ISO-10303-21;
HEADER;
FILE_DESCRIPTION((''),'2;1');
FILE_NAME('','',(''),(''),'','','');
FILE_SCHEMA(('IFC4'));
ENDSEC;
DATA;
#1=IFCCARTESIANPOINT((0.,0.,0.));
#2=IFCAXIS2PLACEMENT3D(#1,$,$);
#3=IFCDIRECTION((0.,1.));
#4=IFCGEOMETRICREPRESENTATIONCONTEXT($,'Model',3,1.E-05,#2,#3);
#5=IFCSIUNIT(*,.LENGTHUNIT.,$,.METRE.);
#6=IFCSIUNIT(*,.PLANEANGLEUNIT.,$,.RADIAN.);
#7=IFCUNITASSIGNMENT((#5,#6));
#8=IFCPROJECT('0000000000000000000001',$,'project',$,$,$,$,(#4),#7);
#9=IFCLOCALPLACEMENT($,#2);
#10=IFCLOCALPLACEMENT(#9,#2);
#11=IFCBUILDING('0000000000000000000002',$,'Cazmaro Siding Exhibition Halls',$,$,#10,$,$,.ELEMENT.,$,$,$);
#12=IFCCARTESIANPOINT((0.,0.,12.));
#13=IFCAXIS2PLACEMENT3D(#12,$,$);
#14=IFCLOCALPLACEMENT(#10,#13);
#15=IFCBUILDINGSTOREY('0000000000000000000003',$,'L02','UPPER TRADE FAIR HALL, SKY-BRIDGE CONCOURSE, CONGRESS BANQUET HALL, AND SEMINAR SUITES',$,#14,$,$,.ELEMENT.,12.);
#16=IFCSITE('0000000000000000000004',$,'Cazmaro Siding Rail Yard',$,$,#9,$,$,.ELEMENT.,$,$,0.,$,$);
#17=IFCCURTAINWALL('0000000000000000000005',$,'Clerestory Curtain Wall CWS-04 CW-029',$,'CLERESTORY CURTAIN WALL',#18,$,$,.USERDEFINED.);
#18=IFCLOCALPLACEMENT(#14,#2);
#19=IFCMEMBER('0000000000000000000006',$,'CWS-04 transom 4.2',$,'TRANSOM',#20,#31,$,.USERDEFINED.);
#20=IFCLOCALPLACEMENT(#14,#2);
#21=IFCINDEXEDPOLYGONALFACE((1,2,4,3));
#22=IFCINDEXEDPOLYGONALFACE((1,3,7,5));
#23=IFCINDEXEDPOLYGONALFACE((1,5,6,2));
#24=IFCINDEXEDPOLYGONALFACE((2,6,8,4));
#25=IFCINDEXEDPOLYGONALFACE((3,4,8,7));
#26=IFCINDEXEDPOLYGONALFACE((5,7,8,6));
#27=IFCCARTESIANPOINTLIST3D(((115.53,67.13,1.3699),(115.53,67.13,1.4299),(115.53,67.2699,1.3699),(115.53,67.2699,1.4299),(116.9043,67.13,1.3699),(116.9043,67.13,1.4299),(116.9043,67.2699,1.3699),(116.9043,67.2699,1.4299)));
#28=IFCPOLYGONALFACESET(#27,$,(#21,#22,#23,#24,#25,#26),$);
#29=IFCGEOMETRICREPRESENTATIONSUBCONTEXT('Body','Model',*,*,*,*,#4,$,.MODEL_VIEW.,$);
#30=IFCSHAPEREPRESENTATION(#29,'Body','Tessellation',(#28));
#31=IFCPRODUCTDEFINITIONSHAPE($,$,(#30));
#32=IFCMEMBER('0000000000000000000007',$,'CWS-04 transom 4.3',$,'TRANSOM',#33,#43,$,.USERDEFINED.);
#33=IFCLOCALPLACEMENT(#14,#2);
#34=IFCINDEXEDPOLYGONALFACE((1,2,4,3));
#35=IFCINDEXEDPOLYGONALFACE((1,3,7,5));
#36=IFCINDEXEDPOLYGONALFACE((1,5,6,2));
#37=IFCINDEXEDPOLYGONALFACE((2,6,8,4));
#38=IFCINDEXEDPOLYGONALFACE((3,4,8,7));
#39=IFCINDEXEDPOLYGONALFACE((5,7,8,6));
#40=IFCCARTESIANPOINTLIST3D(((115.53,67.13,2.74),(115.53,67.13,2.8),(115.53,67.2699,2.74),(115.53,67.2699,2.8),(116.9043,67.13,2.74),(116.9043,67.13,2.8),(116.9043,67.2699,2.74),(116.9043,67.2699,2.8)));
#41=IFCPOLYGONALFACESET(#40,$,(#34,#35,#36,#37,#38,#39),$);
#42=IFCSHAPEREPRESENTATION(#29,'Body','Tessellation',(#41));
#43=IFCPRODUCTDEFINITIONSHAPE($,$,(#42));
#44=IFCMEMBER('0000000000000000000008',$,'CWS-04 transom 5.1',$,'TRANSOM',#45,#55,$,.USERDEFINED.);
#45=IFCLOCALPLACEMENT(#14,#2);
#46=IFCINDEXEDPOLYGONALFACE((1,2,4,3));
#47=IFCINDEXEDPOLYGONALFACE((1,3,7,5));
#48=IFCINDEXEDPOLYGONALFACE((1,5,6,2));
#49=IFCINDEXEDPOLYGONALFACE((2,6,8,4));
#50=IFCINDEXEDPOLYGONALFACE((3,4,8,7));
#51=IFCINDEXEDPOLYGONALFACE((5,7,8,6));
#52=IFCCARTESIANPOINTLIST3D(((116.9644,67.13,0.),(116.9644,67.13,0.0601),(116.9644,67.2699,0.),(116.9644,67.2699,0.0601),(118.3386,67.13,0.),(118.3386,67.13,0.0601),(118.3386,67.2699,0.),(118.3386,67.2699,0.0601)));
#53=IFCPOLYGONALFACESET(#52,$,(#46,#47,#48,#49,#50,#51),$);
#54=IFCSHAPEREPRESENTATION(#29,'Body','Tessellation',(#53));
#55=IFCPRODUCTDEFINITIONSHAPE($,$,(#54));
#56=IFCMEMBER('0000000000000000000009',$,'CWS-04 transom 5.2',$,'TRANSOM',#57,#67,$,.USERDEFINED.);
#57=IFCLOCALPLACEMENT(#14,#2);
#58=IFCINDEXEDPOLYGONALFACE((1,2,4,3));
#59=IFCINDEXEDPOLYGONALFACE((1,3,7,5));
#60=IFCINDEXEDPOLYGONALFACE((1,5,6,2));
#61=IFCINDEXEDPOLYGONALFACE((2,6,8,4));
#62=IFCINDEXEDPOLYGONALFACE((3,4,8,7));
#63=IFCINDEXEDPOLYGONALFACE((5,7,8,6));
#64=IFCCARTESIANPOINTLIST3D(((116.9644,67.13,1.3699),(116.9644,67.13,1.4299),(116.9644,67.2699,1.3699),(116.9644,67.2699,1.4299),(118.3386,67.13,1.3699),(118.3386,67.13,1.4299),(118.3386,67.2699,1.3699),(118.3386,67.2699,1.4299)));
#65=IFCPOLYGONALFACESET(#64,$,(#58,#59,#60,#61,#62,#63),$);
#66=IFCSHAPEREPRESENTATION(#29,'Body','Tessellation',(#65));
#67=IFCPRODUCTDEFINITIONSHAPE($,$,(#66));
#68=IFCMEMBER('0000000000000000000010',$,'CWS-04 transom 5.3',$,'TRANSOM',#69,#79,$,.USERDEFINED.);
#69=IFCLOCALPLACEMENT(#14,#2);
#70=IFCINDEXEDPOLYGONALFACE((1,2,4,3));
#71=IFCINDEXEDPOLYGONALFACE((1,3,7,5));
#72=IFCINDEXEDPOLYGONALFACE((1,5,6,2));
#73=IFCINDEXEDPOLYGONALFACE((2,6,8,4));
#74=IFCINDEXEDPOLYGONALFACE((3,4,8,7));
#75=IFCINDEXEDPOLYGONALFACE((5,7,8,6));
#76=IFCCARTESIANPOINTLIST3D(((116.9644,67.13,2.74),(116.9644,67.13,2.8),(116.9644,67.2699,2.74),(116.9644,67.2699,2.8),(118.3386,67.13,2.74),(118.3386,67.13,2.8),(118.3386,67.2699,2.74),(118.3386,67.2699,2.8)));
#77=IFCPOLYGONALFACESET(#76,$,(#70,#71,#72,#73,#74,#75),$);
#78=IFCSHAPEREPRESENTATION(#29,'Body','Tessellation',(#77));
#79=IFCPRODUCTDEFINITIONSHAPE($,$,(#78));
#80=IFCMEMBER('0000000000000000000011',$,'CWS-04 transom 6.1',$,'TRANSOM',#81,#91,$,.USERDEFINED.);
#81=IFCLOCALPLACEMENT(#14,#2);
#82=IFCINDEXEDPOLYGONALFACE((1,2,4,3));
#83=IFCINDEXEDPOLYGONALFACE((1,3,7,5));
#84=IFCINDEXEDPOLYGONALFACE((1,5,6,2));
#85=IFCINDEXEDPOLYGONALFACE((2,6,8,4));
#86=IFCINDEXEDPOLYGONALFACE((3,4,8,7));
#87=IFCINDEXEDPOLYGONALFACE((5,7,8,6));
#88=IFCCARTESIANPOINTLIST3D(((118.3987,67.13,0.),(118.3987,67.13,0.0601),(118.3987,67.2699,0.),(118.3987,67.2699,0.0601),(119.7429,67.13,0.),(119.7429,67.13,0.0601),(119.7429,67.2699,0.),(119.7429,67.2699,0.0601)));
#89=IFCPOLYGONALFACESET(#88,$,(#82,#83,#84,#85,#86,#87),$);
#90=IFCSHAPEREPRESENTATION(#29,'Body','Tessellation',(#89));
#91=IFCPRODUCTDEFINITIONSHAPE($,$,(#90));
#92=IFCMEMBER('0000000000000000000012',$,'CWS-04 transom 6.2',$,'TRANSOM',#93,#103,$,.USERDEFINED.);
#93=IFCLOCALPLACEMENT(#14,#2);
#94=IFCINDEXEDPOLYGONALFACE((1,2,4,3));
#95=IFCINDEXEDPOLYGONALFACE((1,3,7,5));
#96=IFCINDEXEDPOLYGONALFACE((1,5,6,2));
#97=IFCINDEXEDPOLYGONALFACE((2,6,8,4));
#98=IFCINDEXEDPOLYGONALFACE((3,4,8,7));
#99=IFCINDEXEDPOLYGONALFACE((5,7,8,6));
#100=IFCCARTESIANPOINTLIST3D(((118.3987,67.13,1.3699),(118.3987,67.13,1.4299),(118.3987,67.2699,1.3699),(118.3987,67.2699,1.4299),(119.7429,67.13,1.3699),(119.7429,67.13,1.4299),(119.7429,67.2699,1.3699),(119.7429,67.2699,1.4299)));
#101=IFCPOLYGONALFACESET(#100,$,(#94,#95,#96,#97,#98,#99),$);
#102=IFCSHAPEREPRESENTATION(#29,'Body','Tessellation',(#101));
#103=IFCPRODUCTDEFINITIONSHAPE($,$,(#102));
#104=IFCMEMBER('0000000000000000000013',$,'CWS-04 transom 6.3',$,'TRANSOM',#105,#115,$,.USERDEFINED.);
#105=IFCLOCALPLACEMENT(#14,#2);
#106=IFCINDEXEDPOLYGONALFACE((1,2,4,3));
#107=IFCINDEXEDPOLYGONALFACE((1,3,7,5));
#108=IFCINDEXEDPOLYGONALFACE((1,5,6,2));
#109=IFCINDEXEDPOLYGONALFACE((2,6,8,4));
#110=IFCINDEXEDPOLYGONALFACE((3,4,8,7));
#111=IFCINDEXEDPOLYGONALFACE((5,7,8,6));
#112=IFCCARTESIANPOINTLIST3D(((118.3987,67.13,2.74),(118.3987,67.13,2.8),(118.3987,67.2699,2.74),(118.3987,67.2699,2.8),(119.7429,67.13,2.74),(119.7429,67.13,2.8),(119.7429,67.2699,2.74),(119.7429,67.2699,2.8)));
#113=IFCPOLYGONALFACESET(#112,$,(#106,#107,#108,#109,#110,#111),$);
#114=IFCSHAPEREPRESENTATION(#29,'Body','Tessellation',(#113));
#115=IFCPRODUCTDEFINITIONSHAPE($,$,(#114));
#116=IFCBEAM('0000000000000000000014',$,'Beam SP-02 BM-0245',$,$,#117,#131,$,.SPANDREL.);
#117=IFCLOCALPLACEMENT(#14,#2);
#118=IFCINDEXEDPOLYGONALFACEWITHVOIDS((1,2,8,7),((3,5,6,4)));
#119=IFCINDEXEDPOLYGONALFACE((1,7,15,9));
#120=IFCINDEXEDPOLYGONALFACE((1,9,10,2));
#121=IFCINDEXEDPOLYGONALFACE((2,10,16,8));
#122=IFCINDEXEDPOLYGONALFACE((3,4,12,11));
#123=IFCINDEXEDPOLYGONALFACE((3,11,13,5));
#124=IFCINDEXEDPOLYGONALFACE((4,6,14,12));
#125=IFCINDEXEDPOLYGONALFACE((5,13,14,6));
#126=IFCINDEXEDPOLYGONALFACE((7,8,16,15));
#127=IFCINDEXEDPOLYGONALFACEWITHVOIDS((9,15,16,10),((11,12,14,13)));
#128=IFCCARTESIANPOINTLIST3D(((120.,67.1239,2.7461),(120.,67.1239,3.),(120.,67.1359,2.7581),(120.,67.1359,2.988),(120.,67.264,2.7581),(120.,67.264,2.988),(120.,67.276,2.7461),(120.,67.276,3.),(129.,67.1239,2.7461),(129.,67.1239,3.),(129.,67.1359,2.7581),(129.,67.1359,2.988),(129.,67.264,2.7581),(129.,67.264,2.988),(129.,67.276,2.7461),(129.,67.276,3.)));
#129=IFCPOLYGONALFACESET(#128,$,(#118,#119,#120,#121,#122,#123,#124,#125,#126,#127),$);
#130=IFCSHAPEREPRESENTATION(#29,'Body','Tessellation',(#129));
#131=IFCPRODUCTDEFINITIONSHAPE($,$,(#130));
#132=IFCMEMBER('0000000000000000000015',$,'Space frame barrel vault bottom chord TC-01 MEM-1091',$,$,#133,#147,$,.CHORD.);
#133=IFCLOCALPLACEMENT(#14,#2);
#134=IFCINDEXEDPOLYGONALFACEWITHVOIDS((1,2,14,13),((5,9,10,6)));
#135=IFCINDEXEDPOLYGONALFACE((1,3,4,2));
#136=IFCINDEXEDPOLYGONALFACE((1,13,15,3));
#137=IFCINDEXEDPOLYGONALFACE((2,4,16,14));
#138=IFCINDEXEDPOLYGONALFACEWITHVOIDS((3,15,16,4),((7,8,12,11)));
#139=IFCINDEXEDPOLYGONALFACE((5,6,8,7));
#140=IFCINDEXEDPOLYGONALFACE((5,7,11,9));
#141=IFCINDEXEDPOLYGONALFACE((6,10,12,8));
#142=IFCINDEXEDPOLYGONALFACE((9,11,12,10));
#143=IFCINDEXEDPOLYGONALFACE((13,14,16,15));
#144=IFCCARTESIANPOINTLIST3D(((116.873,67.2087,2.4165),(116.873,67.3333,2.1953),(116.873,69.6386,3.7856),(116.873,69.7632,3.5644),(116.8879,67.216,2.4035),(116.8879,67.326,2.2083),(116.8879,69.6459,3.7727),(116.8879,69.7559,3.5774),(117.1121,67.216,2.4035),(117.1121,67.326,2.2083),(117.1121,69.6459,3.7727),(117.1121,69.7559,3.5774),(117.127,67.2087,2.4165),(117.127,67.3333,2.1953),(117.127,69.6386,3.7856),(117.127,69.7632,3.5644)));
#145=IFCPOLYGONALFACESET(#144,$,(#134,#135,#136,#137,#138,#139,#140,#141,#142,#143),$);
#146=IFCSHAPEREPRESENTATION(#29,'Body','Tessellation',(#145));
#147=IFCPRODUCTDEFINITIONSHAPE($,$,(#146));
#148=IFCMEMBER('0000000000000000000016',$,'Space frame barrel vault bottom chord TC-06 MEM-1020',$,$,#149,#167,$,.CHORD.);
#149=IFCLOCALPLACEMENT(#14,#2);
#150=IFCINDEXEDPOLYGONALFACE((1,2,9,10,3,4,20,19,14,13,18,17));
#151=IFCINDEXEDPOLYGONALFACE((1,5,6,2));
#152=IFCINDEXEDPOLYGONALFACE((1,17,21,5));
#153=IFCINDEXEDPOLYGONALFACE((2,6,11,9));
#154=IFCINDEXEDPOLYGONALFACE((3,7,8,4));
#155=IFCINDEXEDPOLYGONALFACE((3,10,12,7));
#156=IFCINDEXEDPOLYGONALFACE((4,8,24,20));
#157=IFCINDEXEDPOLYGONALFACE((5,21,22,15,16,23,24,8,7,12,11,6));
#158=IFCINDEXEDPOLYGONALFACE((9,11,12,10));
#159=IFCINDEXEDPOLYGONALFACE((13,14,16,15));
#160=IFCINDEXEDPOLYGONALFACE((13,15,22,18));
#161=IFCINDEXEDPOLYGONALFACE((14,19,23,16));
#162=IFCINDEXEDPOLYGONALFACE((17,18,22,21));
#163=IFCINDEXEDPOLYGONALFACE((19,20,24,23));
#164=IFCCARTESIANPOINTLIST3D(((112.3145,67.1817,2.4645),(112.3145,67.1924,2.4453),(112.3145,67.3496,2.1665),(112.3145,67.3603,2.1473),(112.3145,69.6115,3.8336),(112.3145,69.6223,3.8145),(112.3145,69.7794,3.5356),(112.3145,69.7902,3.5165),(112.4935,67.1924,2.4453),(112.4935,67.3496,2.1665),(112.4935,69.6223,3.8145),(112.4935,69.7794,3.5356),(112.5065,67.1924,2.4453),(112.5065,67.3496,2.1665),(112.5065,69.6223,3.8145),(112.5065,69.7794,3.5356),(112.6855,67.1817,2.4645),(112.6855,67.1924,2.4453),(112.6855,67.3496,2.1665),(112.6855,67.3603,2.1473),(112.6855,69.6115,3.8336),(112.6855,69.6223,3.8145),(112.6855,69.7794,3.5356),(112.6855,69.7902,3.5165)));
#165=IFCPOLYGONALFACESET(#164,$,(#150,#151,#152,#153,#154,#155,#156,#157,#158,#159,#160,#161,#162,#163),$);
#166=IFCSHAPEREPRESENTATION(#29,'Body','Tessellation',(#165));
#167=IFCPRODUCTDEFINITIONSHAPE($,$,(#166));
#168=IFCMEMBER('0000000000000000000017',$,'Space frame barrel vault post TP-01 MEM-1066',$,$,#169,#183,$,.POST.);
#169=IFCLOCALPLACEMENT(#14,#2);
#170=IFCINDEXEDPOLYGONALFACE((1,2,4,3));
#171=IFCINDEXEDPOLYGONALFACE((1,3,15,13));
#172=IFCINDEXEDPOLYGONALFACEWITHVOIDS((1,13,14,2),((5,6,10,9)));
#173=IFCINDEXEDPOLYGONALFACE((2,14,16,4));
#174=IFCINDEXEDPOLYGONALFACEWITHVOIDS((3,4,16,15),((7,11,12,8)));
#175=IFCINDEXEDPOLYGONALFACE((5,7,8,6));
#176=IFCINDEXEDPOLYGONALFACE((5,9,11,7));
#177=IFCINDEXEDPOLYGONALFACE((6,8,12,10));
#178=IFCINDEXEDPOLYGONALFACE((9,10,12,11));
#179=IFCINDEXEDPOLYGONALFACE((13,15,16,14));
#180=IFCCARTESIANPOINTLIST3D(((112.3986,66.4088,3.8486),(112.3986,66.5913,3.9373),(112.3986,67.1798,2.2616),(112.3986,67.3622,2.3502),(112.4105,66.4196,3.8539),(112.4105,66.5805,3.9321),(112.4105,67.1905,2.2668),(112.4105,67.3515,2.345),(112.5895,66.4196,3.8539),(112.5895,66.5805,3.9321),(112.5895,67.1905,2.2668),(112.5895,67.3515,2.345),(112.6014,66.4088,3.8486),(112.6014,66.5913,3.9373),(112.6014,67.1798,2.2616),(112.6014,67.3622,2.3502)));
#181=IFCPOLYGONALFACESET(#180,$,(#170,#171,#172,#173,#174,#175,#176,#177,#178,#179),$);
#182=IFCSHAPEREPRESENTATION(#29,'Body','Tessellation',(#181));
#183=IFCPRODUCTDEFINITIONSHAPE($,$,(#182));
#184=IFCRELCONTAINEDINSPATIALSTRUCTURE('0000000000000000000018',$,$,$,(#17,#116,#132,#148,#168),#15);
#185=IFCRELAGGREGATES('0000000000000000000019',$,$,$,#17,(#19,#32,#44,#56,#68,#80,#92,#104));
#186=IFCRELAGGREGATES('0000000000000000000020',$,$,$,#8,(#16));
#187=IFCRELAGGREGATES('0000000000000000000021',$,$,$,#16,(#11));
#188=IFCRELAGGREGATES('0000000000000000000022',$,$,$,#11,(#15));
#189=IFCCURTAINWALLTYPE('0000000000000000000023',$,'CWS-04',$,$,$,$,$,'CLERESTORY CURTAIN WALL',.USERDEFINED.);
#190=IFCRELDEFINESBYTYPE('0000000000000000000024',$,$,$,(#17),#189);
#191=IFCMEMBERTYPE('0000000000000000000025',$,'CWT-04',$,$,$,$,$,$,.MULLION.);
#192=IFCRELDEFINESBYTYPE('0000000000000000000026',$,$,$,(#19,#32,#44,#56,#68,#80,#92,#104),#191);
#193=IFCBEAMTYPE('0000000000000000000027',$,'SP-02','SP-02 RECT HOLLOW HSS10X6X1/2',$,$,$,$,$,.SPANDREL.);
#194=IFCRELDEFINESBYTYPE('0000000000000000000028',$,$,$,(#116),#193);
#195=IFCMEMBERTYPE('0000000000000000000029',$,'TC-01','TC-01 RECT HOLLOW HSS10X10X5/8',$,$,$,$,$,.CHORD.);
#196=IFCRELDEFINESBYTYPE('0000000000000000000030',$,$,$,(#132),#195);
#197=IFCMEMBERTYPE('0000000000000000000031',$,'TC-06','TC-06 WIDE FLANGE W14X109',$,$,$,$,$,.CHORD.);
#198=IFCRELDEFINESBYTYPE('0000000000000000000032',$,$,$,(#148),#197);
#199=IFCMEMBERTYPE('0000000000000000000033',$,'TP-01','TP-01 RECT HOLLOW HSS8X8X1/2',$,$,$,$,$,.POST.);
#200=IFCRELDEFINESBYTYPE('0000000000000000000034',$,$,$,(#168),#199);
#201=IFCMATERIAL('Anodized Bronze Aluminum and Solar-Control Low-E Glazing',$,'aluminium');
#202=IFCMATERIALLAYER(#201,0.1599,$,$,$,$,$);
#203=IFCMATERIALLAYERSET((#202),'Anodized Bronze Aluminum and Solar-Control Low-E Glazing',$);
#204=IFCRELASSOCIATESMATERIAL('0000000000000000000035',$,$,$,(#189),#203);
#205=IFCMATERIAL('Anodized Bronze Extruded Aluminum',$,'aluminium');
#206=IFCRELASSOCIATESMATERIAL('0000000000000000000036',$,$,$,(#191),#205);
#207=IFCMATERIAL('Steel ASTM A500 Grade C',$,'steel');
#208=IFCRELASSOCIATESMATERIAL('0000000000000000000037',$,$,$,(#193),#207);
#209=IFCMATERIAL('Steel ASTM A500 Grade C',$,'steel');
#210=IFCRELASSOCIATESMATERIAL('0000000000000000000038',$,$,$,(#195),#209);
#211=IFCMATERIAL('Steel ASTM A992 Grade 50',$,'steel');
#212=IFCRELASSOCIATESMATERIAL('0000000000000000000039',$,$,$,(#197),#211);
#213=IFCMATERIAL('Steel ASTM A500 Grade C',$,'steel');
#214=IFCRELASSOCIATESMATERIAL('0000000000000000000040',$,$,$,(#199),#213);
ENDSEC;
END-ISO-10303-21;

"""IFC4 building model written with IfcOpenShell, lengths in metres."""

from ifc_helpers import new_model, si_unit, direction, frame, origin, origin_2d, place, context, subcontext, project, spatial, rectangle, hollow_rectangle, i_section, extrude, material, layer, layer_set, material_profile, profile_set, type_object, element, aggregate, save


model = new_model("IFC4")

# Units and contexts
model_context = context("Model", 3, precision=1e-05, world=origin(), true_north=direction((0.0, 1.0)))
body_context = subcontext(model_context, "Body", "Model", "MODEL_VIEW")
ifc_project = project(units=[si_unit("LENGTHUNIT", "METRE"), si_unit("PLANEANGLEUNIT", "RADIAN")], contexts=[model_context])

# Site, building, storey
site_placement = place(None, origin())
site = spatial("IfcSite", under=ifc_project, at=site_placement, Name="Cazmaro Siding Rail Yard", CompositionType="ELEMENT", RefElevation=0.0)
building_placement = place(site_placement, origin())
building = spatial("IfcBuilding", under=site, at=building_placement, Name="Cazmaro Siding Exhibition Halls", CompositionType="ELEMENT")
storey_placement = place(building_placement, frame((0.0, 0.0, 12.0)))
storey = spatial("IfcBuildingStorey", under=building, at=storey_placement, Name="L02", Description="UPPER TRADE FAIR HALL, SKY-BRIDGE CONCOURSE, CONGRESS BANQUET HALL, AND SEMINAR SUITES", CompositionType="ELEMENT", Elevation=12.0)

# Curtain wall
ifc_material_1 = material(Name="Anodized Bronze Aluminum and Solar-Control Low-E Glazing", Category="aluminium")
ifc_layer_1 = layer(ifc_material_1, 0.1599)
ifc_layer_set_1 = layer_set([ifc_layer_1], Name="Anodized Bronze Aluminum and Solar-Control Low-E Glazing")
curtain_wall_type = type_object("IfcCurtainWallType", Name="CWS-04", ElementType="CLERESTORY CURTAIN WALL", PredefinedType="USERDEFINED", material=ifc_layer_set_1)
curtain_wall_1_placement = place(storey_placement, origin())
curtain_wall_1 = element("IfcCurtainWall", 1, at=curtain_wall_1_placement, inside=storey, type_object=curtain_wall_type, Name="Clerestory Curtain Wall CWS-04 CW-029", ObjectType="CLERESTORY CURTAIN WALL", PredefinedType="USERDEFINED")

# Members
ifc_material_2 = material(Name="Anodized Bronze Extruded Aluminum", Category="aluminium")
ifc_material_profile_1 = material_profile(ifc_material_2, rectangle(XDim=0.1399, YDim=0.0601, at=origin_2d()), Name="CWT-04")
ifc_profile_set_1 = profile_set([ifc_material_profile_1], Name="Anodized Bronze Extruded Aluminum")
member_type_1 = type_object("IfcMemberType", Name="CWT-04", PredefinedType="MULLION", material=ifc_profile_set_1)
member_1_placement = place(storey_placement, frame((115.53, 67.2, 1.3999), z_axis=(1.0, 0.0, 0.0), x_axis=(0.0, 1.0, 0.0)))
member_1 = element("IfcMember", 2, at=member_1_placement, type_object=member_type_1, Name="CWS-04 transom 4.2", ObjectType="TRANSOM", PredefinedType="USERDEFINED", context=body_context, shape_type="SweptSolid", body=[
    extrude(rectangle(XDim=0.1399, YDim=0.0601, at=origin_2d()), origin(), (0.0, 0.0, 1.0), 1.3743),
])
member_2_placement = place(storey_placement, frame((115.53, 67.2, 2.77), z_axis=(1.0, 0.0, 0.0), x_axis=(0.0, 1.0, 0.0)))
member_2 = element("IfcMember", 3, at=member_2_placement, type_object=member_type_1, Name="CWS-04 transom 4.3", ObjectType="TRANSOM", PredefinedType="USERDEFINED", context=body_context, shape_type="SweptSolid", body=[
    extrude(rectangle(XDim=0.1399, YDim=0.0601, at=origin_2d()), origin(), (0.0, 0.0, 1.0), 1.3743),
])
member_3_placement = place(storey_placement, frame((116.9644, 67.2, 0.03), z_axis=(1.0, 0.0, 0.0), x_axis=(0.0, 1.0, 0.0)))
member_3 = element("IfcMember", 4, at=member_3_placement, type_object=member_type_1, Name="CWS-04 transom 5.1", ObjectType="TRANSOM", PredefinedType="USERDEFINED", context=body_context, shape_type="SweptSolid", body=[
    extrude(rectangle(XDim=0.1399, YDim=0.0601, at=origin_2d()), origin(), (0.0, 0.0, 1.0), 1.3743),
])
member_4_placement = place(storey_placement, frame((116.9644, 67.2, 1.3999), z_axis=(1.0, 0.0, 0.0), x_axis=(0.0, 1.0, 0.0)))
member_4 = element("IfcMember", 5, at=member_4_placement, type_object=member_type_1, Name="CWS-04 transom 5.2", ObjectType="TRANSOM", PredefinedType="USERDEFINED", context=body_context, shape_type="SweptSolid", body=[
    extrude(rectangle(XDim=0.1399, YDim=0.0601, at=origin_2d()), origin(), (0.0, 0.0, 1.0), 1.3743),
])
member_5_placement = place(storey_placement, frame((116.9644, 67.2, 2.77), z_axis=(1.0, 0.0, 0.0), x_axis=(0.0, 1.0, 0.0)))
member_5 = element("IfcMember", 6, at=member_5_placement, type_object=member_type_1, Name="CWS-04 transom 5.3", ObjectType="TRANSOM", PredefinedType="USERDEFINED", context=body_context, shape_type="SweptSolid", body=[
    extrude(rectangle(XDim=0.1399, YDim=0.0601, at=origin_2d()), origin(), (0.0, 0.0, 1.0), 1.3743),
])
member_6_placement = place(storey_placement, frame((118.3987, 67.2, 0.03), z_axis=(1.0, 0.0, 0.0), x_axis=(0.0, 1.0, 0.0)))
member_6 = element("IfcMember", 7, at=member_6_placement, type_object=member_type_1, Name="CWS-04 transom 6.1", ObjectType="TRANSOM", PredefinedType="USERDEFINED", context=body_context, shape_type="SweptSolid", body=[
    extrude(rectangle(XDim=0.1399, YDim=0.0601, at=origin_2d()), origin(), (0.0, 0.0, 1.0), 1.3442),
])
member_7_placement = place(storey_placement, frame((118.3987, 67.2, 1.3999), z_axis=(1.0, 0.0, 0.0), x_axis=(0.0, 1.0, 0.0)))
member_7 = element("IfcMember", 8, at=member_7_placement, type_object=member_type_1, Name="CWS-04 transom 6.2", ObjectType="TRANSOM", PredefinedType="USERDEFINED", context=body_context, shape_type="SweptSolid", body=[
    extrude(rectangle(XDim=0.1399, YDim=0.0601, at=origin_2d()), origin(), (0.0, 0.0, 1.0), 1.3442),
])
member_8_placement = place(storey_placement, frame((118.3987, 67.2, 2.77), z_axis=(1.0, 0.0, 0.0), x_axis=(0.0, 1.0, 0.0)))
member_8 = element("IfcMember", 9, at=member_8_placement, type_object=member_type_1, Name="CWS-04 transom 6.3", ObjectType="TRANSOM", PredefinedType="USERDEFINED", context=body_context, shape_type="SweptSolid", body=[
    extrude(rectangle(XDim=0.1399, YDim=0.0601, at=origin_2d()), origin(), (0.0, 0.0, 1.0), 1.3442),
])

# Beam
ifc_material_3 = material(Name="Steel ASTM A500 Grade C", Category="steel")
ifc_material_profile_2 = material_profile(ifc_material_3, hollow_rectangle(XDim=0.1521, YDim=0.2539, WallThickness=0.012, at=origin_2d()), Name="HSS10X6X1/2")
ifc_profile_set_2 = profile_set([ifc_material_profile_2], Name="Steel ASTM A500 Grade C")
beam_type_1 = type_object("IfcBeamType", Name="SP-02", Description="SP-02 RECT HOLLOW HSS10X6X1/2", PredefinedType="SPANDREL", material=ifc_profile_set_2)
beam_1_placement = place(storey_placement, frame((120.0, 67.2, 2.873), z_axis=(1.0, 0.0, 0.0), x_axis=(0.0, 1.0, 0.0)))
element("IfcBeam", 10, at=beam_1_placement, inside=storey, type_object=beam_type_1, Name="Beam SP-02 BM-0245", PredefinedType="SPANDREL", context=body_context, shape_type="SweptSolid", body=[
    extrude(hollow_rectangle(XDim=0.1521, YDim=0.2539, WallThickness=0.012, at=origin_2d()), origin(), (0.0, 0.0, 1.0), 9.0),
])

# Members
ifc_material_4 = material(Name="Steel ASTM A500 Grade C", Category="steel")
ifc_material_profile_3 = material_profile(ifc_material_4, hollow_rectangle(XDim=0.2539, YDim=0.2539, WallThickness=0.0149, at=origin_2d()), Name="HSS10X10X5/8")
ifc_profile_set_3 = profile_set([ifc_material_profile_3], Name="Steel ASTM A500 Grade C")
member_type_2 = type_object("IfcMemberType", Name="TC-01", Description="TC-01 RECT HOLLOW HSS10X10X5/8", PredefinedType="CHORD", material=ifc_profile_set_3)
member_9_placement = place(storey_placement, frame((117.0, 67.271, 2.3059), z_axis=(0.0, 0.871222, 0.490889), x_axis=(-1.0, 0.0, 0.0)))
element("IfcMember", 11, at=member_9_placement, inside=storey, type_object=member_type_2, Name="Space frame barrel vault bottom chord TC-01 MEM-1091", PredefinedType="CHORD", context=body_context, shape_type="SweptSolid", body=[
    extrude(hollow_rectangle(XDim=0.2539, YDim=0.2539, WallThickness=0.0149, at=origin_2d()), origin(), (0.0, 0.0, 1.0), 2.7891),
])
ifc_material_5 = material(Name="Steel ASTM A992 Grade 50", Category="steel")
ifc_material_profile_4 = material_profile(ifc_material_5, i_section(OverallWidth=0.3711, OverallDepth=0.364, WebThickness=0.0129, FlangeThickness=0.022, at=origin_2d()), Name="W14X109")
ifc_profile_set_4 = profile_set([ifc_material_profile_4], Name="Steel ASTM A992 Grade 50")
member_type_3 = type_object("IfcMemberType", Name="TC-06", Description="TC-06 WIDE FLANGE W14X109", PredefinedType="CHORD", material=ifc_profile_set_4)
member_10_placement = place(storey_placement, frame((112.5, 67.271, 2.3059), z_axis=(0.0, 0.871222, 0.490889), x_axis=(-1.0, 0.0, 0.0)))
element("IfcMember", 12, at=member_10_placement, inside=storey, type_object=member_type_3, Name="Space frame barrel vault bottom chord TC-06 MEM-1020", PredefinedType="CHORD", context=body_context, shape_type="SweptSolid", body=[
    extrude(i_section(OverallWidth=0.3711, OverallDepth=0.364, WebThickness=0.0129, FlangeThickness=0.022, at=origin_2d()), origin(), (0.0, 0.0, 1.0), 2.7891),
])
ifc_material_6 = material(Name="Steel ASTM A500 Grade C", Category="steel")
ifc_material_profile_5 = material_profile(ifc_material_6, hollow_rectangle(XDim=0.2029, YDim=0.2029, WallThickness=0.012, at=origin_2d()), Name="HSS8X8X1/2")
ifc_profile_set_5 = profile_set([ifc_material_profile_5], Name="Steel ASTM A500 Grade C")
member_type_4 = type_object("IfcMemberType", Name="TP-01", Description="TP-01 RECT HOLLOW HSS8X8X1/2", PredefinedType="POST", material=ifc_profile_set_5)
for number, where, z_axis, x_axis, name in (
    (13, (112.5, 67.271, 2.3059), (0.0, -0.436946, 0.899488), (1.0, 0.0, 0.0), "Space frame barrel vault post TP-01 MEM-1066"),
):
    element("IfcMember", number, at=place(storey_placement, frame(where, z_axis=z_axis, x_axis=x_axis)), inside=storey, type_object=member_type_4, Name=name, PredefinedType="POST", context=body_context, shape_type="SweptSolid", body=[
        extrude(hollow_rectangle(XDim=0.2029, YDim=0.2029, WallThickness=0.012, at=origin_2d()), origin(), (0.0, 0.0, 1.0), 1.7644),
    ])

aggregate(curtain_wall_1, [member_1, member_2, member_3, member_4, member_5, member_6, member_7, member_8])

save(model, "model.ifc")
